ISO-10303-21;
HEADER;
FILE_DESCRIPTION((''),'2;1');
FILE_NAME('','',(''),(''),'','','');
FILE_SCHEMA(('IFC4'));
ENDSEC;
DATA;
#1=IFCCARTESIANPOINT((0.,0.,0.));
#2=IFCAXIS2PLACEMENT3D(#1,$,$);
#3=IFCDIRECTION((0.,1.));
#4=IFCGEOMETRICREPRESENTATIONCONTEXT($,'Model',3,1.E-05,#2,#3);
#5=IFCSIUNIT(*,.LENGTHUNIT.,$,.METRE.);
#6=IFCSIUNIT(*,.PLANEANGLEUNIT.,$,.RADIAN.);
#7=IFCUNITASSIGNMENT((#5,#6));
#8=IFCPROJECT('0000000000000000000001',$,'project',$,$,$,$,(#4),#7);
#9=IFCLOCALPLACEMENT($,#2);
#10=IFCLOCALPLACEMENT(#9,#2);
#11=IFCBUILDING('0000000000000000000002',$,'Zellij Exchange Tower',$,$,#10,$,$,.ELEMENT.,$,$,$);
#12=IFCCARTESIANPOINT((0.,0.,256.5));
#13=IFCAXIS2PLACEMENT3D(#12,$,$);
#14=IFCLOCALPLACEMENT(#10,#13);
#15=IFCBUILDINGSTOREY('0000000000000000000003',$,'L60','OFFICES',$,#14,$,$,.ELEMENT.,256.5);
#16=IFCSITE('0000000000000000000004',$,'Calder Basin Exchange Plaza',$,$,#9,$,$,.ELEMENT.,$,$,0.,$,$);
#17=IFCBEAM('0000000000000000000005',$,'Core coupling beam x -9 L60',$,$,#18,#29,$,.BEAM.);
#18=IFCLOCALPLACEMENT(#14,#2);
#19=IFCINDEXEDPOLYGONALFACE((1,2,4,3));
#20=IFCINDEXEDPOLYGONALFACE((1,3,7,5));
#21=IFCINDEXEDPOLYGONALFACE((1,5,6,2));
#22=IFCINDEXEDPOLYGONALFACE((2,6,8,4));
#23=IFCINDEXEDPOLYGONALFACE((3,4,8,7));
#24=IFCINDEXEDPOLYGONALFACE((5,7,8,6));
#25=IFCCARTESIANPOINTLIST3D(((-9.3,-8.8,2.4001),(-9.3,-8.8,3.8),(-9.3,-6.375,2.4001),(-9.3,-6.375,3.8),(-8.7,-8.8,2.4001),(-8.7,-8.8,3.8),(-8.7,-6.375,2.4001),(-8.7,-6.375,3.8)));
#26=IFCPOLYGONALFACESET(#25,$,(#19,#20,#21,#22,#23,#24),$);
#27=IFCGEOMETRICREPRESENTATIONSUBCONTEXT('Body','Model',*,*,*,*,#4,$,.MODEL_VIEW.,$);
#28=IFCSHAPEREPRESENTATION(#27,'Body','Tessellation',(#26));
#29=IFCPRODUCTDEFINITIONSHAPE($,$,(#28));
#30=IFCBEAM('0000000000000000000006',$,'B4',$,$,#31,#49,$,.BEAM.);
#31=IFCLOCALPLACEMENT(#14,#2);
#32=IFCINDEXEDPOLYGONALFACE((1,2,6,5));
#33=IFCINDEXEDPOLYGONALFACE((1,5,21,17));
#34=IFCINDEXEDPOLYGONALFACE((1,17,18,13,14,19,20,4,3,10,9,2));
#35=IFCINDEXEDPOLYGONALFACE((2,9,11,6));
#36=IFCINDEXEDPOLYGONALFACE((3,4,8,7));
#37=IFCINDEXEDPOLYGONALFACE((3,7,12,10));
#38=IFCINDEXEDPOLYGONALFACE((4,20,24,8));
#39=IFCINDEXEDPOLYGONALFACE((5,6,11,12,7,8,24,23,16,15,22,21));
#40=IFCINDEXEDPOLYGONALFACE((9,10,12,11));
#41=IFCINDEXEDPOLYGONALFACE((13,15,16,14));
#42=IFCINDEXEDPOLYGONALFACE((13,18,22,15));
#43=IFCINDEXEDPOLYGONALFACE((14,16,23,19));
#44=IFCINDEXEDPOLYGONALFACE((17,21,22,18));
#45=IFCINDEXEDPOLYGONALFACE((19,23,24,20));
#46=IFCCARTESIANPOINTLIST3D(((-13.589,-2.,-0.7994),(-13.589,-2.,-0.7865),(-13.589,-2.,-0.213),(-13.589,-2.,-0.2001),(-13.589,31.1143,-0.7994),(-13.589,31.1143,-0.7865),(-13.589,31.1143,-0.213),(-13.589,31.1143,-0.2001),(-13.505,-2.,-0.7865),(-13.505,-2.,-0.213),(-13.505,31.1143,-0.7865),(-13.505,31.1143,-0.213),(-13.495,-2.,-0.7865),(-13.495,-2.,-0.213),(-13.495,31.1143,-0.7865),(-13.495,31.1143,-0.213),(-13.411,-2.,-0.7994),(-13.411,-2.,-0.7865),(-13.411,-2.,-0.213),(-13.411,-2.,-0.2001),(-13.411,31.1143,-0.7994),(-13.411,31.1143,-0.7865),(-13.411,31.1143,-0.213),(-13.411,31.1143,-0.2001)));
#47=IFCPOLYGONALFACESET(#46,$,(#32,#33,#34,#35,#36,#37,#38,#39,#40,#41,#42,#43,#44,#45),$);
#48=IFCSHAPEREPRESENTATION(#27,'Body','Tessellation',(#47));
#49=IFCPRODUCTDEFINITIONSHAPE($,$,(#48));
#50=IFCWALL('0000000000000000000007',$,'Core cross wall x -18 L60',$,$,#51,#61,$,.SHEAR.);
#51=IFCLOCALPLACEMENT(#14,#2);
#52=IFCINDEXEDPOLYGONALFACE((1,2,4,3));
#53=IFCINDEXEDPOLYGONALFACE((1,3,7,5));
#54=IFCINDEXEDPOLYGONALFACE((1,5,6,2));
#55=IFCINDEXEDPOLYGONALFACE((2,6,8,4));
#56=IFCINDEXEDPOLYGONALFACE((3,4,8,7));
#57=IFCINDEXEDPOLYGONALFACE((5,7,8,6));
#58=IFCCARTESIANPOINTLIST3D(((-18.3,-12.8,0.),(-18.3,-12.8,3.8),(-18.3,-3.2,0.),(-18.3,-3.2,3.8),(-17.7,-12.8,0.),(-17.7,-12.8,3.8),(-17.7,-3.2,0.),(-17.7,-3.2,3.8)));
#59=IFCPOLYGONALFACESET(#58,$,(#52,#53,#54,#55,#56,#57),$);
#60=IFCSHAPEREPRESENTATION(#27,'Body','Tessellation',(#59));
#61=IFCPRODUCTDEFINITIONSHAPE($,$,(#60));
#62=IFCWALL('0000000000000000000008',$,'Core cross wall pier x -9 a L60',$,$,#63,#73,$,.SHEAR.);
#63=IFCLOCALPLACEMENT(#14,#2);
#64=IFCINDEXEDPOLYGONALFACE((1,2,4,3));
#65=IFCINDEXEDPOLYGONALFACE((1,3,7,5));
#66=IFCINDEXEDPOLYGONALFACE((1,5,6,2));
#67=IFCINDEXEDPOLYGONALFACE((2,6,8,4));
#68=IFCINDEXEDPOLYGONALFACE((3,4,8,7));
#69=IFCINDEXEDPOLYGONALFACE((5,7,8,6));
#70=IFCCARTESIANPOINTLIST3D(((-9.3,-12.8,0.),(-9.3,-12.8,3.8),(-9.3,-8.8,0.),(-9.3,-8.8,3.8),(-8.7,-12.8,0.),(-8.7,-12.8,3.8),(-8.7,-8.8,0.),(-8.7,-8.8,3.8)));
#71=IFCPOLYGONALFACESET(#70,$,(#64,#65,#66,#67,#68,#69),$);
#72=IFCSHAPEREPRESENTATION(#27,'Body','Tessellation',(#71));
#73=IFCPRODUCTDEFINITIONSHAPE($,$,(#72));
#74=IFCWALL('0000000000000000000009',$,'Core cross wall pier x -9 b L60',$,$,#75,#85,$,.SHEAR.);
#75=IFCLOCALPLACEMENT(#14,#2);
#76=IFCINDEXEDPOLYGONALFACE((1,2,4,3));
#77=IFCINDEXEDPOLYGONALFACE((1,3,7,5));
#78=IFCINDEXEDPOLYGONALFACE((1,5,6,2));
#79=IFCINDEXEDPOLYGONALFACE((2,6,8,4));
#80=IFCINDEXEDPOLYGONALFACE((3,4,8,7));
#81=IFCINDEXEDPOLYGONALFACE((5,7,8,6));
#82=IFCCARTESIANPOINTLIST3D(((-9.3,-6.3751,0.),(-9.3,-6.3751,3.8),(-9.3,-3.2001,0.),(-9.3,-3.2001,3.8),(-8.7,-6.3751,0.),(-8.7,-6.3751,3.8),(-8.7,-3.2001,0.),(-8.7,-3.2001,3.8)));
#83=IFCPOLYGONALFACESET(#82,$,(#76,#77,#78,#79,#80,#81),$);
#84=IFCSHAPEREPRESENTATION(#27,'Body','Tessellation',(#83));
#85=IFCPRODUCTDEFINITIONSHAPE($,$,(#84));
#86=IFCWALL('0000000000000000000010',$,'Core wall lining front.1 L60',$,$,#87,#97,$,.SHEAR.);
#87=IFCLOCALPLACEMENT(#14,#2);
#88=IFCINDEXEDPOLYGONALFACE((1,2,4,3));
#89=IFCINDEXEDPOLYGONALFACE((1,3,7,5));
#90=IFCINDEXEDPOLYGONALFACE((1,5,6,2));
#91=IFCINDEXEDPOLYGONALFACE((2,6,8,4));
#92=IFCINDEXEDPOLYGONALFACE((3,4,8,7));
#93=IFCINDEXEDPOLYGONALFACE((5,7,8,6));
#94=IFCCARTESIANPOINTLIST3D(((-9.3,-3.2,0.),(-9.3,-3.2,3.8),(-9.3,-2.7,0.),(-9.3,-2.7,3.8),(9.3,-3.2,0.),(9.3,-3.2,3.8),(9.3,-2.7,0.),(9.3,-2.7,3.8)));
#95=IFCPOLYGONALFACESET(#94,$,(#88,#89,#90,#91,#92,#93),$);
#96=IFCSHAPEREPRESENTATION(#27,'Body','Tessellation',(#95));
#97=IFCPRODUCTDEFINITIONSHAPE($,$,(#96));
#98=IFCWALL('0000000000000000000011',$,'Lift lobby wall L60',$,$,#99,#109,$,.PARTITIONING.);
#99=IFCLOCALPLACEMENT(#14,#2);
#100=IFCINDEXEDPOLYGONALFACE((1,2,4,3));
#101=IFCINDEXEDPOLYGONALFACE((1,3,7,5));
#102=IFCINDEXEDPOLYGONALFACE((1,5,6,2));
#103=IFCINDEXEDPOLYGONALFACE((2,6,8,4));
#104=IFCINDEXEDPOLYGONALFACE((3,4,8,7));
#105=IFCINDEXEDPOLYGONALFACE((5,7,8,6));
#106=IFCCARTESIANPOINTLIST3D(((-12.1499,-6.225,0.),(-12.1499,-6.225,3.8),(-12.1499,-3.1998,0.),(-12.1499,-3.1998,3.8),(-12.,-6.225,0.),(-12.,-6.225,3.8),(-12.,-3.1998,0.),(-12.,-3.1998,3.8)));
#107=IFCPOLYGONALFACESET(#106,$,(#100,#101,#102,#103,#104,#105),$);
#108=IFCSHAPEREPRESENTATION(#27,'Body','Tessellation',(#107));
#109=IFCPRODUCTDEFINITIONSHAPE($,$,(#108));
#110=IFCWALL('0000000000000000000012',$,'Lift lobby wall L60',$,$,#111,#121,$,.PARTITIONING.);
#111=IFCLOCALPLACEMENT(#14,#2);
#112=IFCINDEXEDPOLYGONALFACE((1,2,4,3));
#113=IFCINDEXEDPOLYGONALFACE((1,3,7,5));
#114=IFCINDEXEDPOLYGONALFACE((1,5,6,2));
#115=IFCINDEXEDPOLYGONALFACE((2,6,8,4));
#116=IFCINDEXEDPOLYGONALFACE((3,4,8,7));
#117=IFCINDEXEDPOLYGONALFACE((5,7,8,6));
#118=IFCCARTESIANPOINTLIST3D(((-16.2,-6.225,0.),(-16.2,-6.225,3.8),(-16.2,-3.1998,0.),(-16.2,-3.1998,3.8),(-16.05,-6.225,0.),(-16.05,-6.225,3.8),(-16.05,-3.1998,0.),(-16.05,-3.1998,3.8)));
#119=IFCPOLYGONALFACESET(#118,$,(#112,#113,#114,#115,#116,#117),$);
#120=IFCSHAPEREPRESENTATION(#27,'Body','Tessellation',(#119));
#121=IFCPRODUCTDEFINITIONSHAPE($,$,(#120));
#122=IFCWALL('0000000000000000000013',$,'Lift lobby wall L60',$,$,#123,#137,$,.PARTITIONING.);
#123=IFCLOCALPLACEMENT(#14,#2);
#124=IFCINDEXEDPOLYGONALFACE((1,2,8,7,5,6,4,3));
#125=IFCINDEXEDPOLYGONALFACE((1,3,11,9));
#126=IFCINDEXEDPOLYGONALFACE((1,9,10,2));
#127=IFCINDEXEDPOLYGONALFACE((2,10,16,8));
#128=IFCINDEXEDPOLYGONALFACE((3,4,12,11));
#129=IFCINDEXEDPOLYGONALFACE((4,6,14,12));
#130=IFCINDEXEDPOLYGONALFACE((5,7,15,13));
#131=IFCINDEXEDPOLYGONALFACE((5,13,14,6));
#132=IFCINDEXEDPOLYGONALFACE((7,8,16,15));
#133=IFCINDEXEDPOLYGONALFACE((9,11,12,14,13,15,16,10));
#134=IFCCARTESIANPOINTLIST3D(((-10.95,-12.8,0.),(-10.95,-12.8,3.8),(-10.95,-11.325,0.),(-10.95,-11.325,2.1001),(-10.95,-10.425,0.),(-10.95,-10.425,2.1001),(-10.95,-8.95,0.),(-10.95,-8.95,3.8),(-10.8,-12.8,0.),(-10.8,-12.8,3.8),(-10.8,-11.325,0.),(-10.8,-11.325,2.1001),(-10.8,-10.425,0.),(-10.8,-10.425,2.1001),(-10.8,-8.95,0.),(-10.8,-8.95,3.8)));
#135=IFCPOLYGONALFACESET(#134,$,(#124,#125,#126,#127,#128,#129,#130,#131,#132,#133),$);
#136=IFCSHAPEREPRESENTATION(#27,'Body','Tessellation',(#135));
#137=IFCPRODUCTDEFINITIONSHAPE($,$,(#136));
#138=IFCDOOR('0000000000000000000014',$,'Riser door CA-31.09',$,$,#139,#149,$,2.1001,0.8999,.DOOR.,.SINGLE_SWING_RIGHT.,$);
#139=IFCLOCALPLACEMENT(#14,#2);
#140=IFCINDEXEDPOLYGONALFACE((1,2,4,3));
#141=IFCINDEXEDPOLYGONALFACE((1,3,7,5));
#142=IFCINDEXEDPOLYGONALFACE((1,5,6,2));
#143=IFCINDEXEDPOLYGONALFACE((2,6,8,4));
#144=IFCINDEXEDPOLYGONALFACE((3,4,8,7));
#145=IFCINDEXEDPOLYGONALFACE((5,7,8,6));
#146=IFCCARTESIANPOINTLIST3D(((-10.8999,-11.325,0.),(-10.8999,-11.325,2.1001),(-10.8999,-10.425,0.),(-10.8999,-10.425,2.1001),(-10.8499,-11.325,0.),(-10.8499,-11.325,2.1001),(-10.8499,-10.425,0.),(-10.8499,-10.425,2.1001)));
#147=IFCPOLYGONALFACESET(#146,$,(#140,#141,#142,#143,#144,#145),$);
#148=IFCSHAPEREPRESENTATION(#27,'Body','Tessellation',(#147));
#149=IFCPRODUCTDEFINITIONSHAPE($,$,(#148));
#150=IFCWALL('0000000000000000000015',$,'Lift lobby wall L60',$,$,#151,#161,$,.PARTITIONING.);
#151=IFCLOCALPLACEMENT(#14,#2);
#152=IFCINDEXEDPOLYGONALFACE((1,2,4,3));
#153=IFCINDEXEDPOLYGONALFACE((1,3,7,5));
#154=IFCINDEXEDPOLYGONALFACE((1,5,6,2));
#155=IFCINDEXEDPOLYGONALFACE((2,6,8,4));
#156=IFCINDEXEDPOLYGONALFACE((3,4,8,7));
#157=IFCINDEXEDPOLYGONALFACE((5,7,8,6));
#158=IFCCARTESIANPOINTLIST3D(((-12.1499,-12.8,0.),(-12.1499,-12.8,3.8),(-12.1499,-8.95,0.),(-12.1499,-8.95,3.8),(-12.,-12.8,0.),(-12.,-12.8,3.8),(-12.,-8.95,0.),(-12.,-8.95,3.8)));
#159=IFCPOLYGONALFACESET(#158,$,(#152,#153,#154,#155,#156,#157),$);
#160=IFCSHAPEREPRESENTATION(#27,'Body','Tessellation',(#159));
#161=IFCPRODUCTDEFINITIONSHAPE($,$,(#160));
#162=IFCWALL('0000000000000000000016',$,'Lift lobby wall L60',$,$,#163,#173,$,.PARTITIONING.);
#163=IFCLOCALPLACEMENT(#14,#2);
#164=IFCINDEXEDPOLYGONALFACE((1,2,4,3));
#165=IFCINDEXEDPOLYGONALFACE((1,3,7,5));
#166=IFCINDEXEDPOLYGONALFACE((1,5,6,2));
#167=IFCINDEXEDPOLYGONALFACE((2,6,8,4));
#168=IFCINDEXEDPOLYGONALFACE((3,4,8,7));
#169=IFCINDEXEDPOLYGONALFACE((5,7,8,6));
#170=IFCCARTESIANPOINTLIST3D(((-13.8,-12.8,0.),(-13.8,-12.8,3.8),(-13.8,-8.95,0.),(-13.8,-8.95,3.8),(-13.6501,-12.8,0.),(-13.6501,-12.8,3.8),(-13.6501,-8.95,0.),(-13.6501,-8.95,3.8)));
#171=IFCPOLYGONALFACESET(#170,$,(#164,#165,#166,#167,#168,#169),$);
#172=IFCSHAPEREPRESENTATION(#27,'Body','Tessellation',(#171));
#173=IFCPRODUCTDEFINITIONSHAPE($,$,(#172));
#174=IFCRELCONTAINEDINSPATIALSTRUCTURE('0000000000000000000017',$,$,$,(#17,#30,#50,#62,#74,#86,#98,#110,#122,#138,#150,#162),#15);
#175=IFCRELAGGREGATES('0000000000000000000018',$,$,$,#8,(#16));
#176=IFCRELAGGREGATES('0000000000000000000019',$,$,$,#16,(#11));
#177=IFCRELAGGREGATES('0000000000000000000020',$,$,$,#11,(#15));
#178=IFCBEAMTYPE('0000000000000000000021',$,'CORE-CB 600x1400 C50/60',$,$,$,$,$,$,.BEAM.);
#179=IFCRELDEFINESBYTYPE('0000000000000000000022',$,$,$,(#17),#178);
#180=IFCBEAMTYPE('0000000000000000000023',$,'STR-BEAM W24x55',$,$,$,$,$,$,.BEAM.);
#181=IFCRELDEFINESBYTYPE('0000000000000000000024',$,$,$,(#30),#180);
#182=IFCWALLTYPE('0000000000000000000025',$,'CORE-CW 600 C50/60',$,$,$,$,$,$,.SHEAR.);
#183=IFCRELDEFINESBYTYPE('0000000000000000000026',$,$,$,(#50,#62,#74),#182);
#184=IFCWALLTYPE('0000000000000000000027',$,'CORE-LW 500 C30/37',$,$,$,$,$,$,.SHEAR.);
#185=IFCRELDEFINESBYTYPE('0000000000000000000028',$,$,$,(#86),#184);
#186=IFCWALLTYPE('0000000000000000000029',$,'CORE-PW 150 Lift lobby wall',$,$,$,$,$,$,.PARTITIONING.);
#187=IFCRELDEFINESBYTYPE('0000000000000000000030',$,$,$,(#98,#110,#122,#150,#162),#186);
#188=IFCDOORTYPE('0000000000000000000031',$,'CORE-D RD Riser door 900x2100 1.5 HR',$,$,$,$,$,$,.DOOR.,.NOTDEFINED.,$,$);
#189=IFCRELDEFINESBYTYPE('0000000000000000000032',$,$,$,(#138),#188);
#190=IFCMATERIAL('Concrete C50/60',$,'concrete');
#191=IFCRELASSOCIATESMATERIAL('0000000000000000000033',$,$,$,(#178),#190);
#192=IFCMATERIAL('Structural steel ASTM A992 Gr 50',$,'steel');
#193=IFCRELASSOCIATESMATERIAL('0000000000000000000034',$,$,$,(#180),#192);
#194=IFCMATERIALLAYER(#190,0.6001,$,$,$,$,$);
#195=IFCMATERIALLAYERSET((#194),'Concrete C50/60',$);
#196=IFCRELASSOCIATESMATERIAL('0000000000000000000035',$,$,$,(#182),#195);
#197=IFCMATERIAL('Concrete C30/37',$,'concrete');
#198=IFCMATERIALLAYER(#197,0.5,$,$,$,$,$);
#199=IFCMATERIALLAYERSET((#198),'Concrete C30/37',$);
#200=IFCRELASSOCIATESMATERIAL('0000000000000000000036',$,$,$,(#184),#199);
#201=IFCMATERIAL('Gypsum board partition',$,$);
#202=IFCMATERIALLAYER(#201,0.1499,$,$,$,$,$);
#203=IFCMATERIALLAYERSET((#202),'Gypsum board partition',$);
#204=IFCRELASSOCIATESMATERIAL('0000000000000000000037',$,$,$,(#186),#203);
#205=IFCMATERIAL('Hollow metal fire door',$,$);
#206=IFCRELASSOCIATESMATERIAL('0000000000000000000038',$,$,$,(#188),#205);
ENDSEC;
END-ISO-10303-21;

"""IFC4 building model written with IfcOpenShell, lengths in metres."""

from ifc_helpers import new_model, si_unit, direction, frame, frame_2d, origin, origin_2d, place, context, subcontext, project, spatial, rectangle, i_section, extrude, material, layer, layer_set, material_profile, profile_set, type_object, element, fill, save


model = new_model("IFC4")

# Units and contexts
model_context = context("Model", 3, precision=1e-05, world=origin(), true_north=direction((0.0, 1.0)))
body_context = subcontext(model_context, "Body", "Model", "MODEL_VIEW")
ifc_project = project(units=[si_unit("LENGTHUNIT", "METRE"), si_unit("PLANEANGLEUNIT", "RADIAN")], contexts=[model_context])

# Site, building, storey
site_placement = place(None, origin())
site = spatial("IfcSite", under=ifc_project, at=site_placement, Name="Calder Basin Exchange Plaza", CompositionType="ELEMENT", RefElevation=0.0)
building_placement = place(site_placement, origin())
building = spatial("IfcBuilding", under=site, at=building_placement, Name="Zellij Exchange Tower", CompositionType="ELEMENT")
storey_placement = place(building_placement, frame((0.0, 0.0, 256.5)))
storey = spatial("IfcBuildingStorey", under=building, at=storey_placement, Name="L60", Description="OFFICES", CompositionType="ELEMENT", Elevation=256.5)

# Beams
ifc_material_1 = material(Name="Concrete C50/60", Category="concrete")
ifc_material_profile_1 = material_profile(ifc_material_1, rectangle(XDim=0.6001, YDim=1.3999, at=origin_2d()), Name="CORE-CB 600x1400 C50/60")
ifc_profile_set_1 = profile_set([ifc_material_profile_1], Name="Concrete C50/60")
beam_type_1 = type_object("IfcBeamType", Name="CORE-CB 600x1400 C50/60", PredefinedType="BEAM", material=ifc_profile_set_1)
beam_1_placement = place(storey_placement, frame((-9.0, -8.8, 3.1001), z_axis=(0.0, 1.0, 0.0), x_axis=(-1.0, 0.0, 0.0)))
element("IfcBeam", 1, at=beam_1_placement, inside=storey, type_object=beam_type_1, Name="Core coupling beam x -9 L60", PredefinedType="BEAM", context=body_context, shape_type="SweptSolid", body=[
    extrude(rectangle(XDim=0.6001, YDim=1.3999, at=origin_2d()), origin(), (0.0, 0.0, 1.0), 2.425),
])
ifc_material_2 = material(Name="Structural steel ASTM A992 Gr 50", Category="steel")
ifc_material_profile_2 = material_profile(ifc_material_2, i_section(OverallWidth=0.178, OverallDepth=0.5994, WebThickness=0.01, FlangeThickness=0.0129, at=origin_2d()), Name="W24x55")
ifc_profile_set_2 = profile_set([ifc_material_profile_2], Name="Structural steel ASTM A992 Gr 50")
beam_type_2 = type_object("IfcBeamType", Name="STR-BEAM W24x55", PredefinedType="BEAM", material=ifc_profile_set_2)
beam_2_placement = place(storey_placement, frame((-13.5, -2.0, -0.4998), z_axis=(0.0, 1.0, 0.0), x_axis=(-1.0, 0.0, 0.0)))
element("IfcBeam", 2, at=beam_2_placement, inside=storey, type_object=beam_type_2, Name="B4", PredefinedType="BEAM", context=body_context, shape_type="SweptSolid", body=[
    extrude(i_section(OverallWidth=0.178, OverallDepth=0.5994, WebThickness=0.01, FlangeThickness=0.0129, at=origin_2d()), origin(), (0.0, 0.0, 1.0), 33.1143),
])

# Walls
ifc_layer_1 = layer(ifc_material_1, 0.6001)
ifc_layer_set_1 = layer_set([ifc_layer_1], Name="Concrete C50/60")
wall_type_1 = type_object("IfcWallType", Name="CORE-CW 600 C50/60", PredefinedType="SHEAR", material=ifc_layer_set_1)
wall_1_placement = place(storey_placement, frame((-18.0, -12.8, 0.0), z_axis=(0.0, 0.0, 1.0), x_axis=(0.0, 1.0, 0.0)))
element("IfcWall", 3, at=wall_1_placement, inside=storey, type_object=wall_type_1, Name="Core cross wall x -18 L60", PredefinedType="SHEAR", context=body_context, shape_type="SweptSolid", body=[
    extrude(rectangle(XDim=9.6001, YDim=0.6001, at=frame_2d((4.8, 0.0))), origin(), (0.0, 0.0, 1.0), 3.8),
])
wall_2_placement = place(storey_placement, frame((-9.0, -12.8, 0.0), z_axis=(0.0, 0.0, 1.0), x_axis=(0.0, 1.0, 0.0)))
element("IfcWall", 4, at=wall_2_placement, inside=storey, type_object=wall_type_1, Name="Core cross wall pier x -9 a L60", PredefinedType="SHEAR", context=body_context, shape_type="SweptSolid", body=[
    extrude(rectangle(XDim=4.0, YDim=0.6001, at=frame_2d((2.0, 0.0))), origin(), (0.0, 0.0, 1.0), 3.8),
])
wall_3_placement = place(storey_placement, frame((-9.0, -6.375, 0.0), z_axis=(0.0, 0.0, 1.0), x_axis=(0.0, 1.0, 0.0)))
element("IfcWall", 5, at=wall_3_placement, inside=storey, type_object=wall_type_1, Name="Core cross wall pier x -9 b L60", PredefinedType="SHEAR", context=body_context, shape_type="SweptSolid", body=[
    extrude(rectangle(XDim=3.175, YDim=0.6001, at=frame_2d((1.5874, 0.0))), origin(), (0.0, 0.0, 1.0), 3.8),
])
ifc_material_3 = material(Name="Concrete C30/37", Category="concrete")
ifc_layer_2 = layer(ifc_material_3, 0.5)
ifc_layer_set_2 = layer_set([ifc_layer_2], Name="Concrete C30/37")
wall_type_2 = type_object("IfcWallType", Name="CORE-LW 500 C30/37", PredefinedType="SHEAR", material=ifc_layer_set_2)
wall_4_placement = place(storey_placement, frame((-9.3, -2.95, 0.0), z_axis=(0.0, 0.0, 1.0), x_axis=(1.0, 0.0, 0.0)))
element("IfcWall", 6, at=wall_4_placement, inside=storey, type_object=wall_type_2, Name="Core wall lining front.1 L60", PredefinedType="SHEAR", context=body_context, shape_type="SweptSolid", body=[
    extrude(rectangle(XDim=18.6001, YDim=0.5, at=frame_2d((9.3, 0.0))), origin(), (0.0, 0.0, 1.0), 3.8),
])
ifc_material_4 = material(Name="Gypsum board partition")
ifc_layer_3 = layer(ifc_material_4, 0.1499)
ifc_layer_set_3 = layer_set([ifc_layer_3], Name="Gypsum board partition")
wall_type_3 = type_object("IfcWallType", Name="CORE-PW 150 Lift lobby wall", PredefinedType="PARTITIONING", material=ifc_layer_set_3)
for number, where, z_axis, x_axis, name in (
    (7, (-12.075, -6.2251, 0.0), (0.0, 0.0, 1.0), (0.0, 1.0, 0.0), "Lift lobby wall L60"),
    (8, (-16.125, -6.2251, 0.0), (0.0, 0.0, 1.0), (0.0, 1.0, 0.0), "Lift lobby wall L60"),
):
    element("IfcWall", number, at=place(storey_placement, frame(where, z_axis=z_axis, x_axis=x_axis)), inside=storey, type_object=wall_type_3, Name=name, PredefinedType="PARTITIONING", context=body_context, shape_type="SweptSolid", body=[
        extrude(rectangle(XDim=3.0251, YDim=0.1499, at=frame_2d((1.5127, 0.0))), origin(), (0.0, 0.0, 1.0), 3.8),
    ])

# Wall, opening, door
wall_5_placement = place(storey_placement, frame((-10.875, -12.8, 0.0), z_axis=(0.0, 0.0, 1.0), x_axis=(0.0, 1.0, 0.0)))
wall_5 = element("IfcWall", 9, at=wall_5_placement, inside=storey, type_object=wall_type_3, Name="Lift lobby wall L60", PredefinedType="PARTITIONING", context=body_context, shape_type="SweptSolid", body=[
    extrude(rectangle(XDim=3.8501, YDim=0.1499, at=frame_2d((1.925, 0.0))), origin(), (0.0, 0.0, 1.0), 3.8),
])
opening_1_placement = place(wall_5_placement, frame((1.4751, 0.0, 0.0)))
opening_1 = element("IfcOpeningElement", 10, at=opening_1_placement, cuts=wall_5, PredefinedType="OPENING", context=body_context, shape_type="SweptSolid", body=[
    extrude(rectangle(XDim=0.8999, YDim=2.1001, at=frame_2d((0.45, 1.05))), frame((0.0, 0.0869, 0.0), z_axis=(0.0, -1.0, 0.0), x_axis=(1.0, 0.0, 0.0)), (0.0, 0.0, 1.0), 0.1738),
])
ifc_material_5 = material(Name="Hollow metal fire door")
door_type_1 = type_object("IfcDoorType", Name="CORE-D RD Riser door 900x2100 1.5 HR", OperationType="NOTDEFINED", PredefinedType="DOOR", material=ifc_material_5)
door_1_placement = place(opening_1_placement, origin())
door_1 = element("IfcDoor", 11, at=door_1_placement, inside=storey, type_object=door_type_1, Name="Riser door CA-31.09", OperationType="SINGLE_SWING_RIGHT", OverallHeight=2.1001, OverallWidth=0.8999, PredefinedType="DOOR", context=body_context, shape_type="SweptSolid", body=[
    extrude(rectangle(XDim=0.8999, YDim=2.1001, at=frame_2d((0.45, 1.05))), frame((0.0, 0.0249, 0.0), z_axis=(0.0, -1.0, 0.0), x_axis=(1.0, 0.0, 0.0)), (0.0, 0.0, 1.0), 0.05),
])
fill(opening_1, door_1)

# Walls
for number, where, z_axis, x_axis, name in (
    (12, (-12.075, -12.8, 0.0), (0.0, 0.0, 1.0), (0.0, 1.0, 0.0), "Lift lobby wall L60"),
    (13, (-13.7251, -12.8, 0.0), (0.0, 0.0, 1.0), (0.0, 1.0, 0.0), "Lift lobby wall L60"),
):
    element("IfcWall", number, at=place(storey_placement, frame(where, z_axis=z_axis, x_axis=x_axis)), inside=storey, type_object=wall_type_3, Name=name, PredefinedType="PARTITIONING", context=body_context, shape_type="SweptSolid", body=[
        extrude(rectangle(XDim=3.8501, YDim=0.1499, at=frame_2d((1.925, 0.0))), origin(), (0.0, 0.0, 1.0), 3.8),
    ])

save(model, "model.ifc")
